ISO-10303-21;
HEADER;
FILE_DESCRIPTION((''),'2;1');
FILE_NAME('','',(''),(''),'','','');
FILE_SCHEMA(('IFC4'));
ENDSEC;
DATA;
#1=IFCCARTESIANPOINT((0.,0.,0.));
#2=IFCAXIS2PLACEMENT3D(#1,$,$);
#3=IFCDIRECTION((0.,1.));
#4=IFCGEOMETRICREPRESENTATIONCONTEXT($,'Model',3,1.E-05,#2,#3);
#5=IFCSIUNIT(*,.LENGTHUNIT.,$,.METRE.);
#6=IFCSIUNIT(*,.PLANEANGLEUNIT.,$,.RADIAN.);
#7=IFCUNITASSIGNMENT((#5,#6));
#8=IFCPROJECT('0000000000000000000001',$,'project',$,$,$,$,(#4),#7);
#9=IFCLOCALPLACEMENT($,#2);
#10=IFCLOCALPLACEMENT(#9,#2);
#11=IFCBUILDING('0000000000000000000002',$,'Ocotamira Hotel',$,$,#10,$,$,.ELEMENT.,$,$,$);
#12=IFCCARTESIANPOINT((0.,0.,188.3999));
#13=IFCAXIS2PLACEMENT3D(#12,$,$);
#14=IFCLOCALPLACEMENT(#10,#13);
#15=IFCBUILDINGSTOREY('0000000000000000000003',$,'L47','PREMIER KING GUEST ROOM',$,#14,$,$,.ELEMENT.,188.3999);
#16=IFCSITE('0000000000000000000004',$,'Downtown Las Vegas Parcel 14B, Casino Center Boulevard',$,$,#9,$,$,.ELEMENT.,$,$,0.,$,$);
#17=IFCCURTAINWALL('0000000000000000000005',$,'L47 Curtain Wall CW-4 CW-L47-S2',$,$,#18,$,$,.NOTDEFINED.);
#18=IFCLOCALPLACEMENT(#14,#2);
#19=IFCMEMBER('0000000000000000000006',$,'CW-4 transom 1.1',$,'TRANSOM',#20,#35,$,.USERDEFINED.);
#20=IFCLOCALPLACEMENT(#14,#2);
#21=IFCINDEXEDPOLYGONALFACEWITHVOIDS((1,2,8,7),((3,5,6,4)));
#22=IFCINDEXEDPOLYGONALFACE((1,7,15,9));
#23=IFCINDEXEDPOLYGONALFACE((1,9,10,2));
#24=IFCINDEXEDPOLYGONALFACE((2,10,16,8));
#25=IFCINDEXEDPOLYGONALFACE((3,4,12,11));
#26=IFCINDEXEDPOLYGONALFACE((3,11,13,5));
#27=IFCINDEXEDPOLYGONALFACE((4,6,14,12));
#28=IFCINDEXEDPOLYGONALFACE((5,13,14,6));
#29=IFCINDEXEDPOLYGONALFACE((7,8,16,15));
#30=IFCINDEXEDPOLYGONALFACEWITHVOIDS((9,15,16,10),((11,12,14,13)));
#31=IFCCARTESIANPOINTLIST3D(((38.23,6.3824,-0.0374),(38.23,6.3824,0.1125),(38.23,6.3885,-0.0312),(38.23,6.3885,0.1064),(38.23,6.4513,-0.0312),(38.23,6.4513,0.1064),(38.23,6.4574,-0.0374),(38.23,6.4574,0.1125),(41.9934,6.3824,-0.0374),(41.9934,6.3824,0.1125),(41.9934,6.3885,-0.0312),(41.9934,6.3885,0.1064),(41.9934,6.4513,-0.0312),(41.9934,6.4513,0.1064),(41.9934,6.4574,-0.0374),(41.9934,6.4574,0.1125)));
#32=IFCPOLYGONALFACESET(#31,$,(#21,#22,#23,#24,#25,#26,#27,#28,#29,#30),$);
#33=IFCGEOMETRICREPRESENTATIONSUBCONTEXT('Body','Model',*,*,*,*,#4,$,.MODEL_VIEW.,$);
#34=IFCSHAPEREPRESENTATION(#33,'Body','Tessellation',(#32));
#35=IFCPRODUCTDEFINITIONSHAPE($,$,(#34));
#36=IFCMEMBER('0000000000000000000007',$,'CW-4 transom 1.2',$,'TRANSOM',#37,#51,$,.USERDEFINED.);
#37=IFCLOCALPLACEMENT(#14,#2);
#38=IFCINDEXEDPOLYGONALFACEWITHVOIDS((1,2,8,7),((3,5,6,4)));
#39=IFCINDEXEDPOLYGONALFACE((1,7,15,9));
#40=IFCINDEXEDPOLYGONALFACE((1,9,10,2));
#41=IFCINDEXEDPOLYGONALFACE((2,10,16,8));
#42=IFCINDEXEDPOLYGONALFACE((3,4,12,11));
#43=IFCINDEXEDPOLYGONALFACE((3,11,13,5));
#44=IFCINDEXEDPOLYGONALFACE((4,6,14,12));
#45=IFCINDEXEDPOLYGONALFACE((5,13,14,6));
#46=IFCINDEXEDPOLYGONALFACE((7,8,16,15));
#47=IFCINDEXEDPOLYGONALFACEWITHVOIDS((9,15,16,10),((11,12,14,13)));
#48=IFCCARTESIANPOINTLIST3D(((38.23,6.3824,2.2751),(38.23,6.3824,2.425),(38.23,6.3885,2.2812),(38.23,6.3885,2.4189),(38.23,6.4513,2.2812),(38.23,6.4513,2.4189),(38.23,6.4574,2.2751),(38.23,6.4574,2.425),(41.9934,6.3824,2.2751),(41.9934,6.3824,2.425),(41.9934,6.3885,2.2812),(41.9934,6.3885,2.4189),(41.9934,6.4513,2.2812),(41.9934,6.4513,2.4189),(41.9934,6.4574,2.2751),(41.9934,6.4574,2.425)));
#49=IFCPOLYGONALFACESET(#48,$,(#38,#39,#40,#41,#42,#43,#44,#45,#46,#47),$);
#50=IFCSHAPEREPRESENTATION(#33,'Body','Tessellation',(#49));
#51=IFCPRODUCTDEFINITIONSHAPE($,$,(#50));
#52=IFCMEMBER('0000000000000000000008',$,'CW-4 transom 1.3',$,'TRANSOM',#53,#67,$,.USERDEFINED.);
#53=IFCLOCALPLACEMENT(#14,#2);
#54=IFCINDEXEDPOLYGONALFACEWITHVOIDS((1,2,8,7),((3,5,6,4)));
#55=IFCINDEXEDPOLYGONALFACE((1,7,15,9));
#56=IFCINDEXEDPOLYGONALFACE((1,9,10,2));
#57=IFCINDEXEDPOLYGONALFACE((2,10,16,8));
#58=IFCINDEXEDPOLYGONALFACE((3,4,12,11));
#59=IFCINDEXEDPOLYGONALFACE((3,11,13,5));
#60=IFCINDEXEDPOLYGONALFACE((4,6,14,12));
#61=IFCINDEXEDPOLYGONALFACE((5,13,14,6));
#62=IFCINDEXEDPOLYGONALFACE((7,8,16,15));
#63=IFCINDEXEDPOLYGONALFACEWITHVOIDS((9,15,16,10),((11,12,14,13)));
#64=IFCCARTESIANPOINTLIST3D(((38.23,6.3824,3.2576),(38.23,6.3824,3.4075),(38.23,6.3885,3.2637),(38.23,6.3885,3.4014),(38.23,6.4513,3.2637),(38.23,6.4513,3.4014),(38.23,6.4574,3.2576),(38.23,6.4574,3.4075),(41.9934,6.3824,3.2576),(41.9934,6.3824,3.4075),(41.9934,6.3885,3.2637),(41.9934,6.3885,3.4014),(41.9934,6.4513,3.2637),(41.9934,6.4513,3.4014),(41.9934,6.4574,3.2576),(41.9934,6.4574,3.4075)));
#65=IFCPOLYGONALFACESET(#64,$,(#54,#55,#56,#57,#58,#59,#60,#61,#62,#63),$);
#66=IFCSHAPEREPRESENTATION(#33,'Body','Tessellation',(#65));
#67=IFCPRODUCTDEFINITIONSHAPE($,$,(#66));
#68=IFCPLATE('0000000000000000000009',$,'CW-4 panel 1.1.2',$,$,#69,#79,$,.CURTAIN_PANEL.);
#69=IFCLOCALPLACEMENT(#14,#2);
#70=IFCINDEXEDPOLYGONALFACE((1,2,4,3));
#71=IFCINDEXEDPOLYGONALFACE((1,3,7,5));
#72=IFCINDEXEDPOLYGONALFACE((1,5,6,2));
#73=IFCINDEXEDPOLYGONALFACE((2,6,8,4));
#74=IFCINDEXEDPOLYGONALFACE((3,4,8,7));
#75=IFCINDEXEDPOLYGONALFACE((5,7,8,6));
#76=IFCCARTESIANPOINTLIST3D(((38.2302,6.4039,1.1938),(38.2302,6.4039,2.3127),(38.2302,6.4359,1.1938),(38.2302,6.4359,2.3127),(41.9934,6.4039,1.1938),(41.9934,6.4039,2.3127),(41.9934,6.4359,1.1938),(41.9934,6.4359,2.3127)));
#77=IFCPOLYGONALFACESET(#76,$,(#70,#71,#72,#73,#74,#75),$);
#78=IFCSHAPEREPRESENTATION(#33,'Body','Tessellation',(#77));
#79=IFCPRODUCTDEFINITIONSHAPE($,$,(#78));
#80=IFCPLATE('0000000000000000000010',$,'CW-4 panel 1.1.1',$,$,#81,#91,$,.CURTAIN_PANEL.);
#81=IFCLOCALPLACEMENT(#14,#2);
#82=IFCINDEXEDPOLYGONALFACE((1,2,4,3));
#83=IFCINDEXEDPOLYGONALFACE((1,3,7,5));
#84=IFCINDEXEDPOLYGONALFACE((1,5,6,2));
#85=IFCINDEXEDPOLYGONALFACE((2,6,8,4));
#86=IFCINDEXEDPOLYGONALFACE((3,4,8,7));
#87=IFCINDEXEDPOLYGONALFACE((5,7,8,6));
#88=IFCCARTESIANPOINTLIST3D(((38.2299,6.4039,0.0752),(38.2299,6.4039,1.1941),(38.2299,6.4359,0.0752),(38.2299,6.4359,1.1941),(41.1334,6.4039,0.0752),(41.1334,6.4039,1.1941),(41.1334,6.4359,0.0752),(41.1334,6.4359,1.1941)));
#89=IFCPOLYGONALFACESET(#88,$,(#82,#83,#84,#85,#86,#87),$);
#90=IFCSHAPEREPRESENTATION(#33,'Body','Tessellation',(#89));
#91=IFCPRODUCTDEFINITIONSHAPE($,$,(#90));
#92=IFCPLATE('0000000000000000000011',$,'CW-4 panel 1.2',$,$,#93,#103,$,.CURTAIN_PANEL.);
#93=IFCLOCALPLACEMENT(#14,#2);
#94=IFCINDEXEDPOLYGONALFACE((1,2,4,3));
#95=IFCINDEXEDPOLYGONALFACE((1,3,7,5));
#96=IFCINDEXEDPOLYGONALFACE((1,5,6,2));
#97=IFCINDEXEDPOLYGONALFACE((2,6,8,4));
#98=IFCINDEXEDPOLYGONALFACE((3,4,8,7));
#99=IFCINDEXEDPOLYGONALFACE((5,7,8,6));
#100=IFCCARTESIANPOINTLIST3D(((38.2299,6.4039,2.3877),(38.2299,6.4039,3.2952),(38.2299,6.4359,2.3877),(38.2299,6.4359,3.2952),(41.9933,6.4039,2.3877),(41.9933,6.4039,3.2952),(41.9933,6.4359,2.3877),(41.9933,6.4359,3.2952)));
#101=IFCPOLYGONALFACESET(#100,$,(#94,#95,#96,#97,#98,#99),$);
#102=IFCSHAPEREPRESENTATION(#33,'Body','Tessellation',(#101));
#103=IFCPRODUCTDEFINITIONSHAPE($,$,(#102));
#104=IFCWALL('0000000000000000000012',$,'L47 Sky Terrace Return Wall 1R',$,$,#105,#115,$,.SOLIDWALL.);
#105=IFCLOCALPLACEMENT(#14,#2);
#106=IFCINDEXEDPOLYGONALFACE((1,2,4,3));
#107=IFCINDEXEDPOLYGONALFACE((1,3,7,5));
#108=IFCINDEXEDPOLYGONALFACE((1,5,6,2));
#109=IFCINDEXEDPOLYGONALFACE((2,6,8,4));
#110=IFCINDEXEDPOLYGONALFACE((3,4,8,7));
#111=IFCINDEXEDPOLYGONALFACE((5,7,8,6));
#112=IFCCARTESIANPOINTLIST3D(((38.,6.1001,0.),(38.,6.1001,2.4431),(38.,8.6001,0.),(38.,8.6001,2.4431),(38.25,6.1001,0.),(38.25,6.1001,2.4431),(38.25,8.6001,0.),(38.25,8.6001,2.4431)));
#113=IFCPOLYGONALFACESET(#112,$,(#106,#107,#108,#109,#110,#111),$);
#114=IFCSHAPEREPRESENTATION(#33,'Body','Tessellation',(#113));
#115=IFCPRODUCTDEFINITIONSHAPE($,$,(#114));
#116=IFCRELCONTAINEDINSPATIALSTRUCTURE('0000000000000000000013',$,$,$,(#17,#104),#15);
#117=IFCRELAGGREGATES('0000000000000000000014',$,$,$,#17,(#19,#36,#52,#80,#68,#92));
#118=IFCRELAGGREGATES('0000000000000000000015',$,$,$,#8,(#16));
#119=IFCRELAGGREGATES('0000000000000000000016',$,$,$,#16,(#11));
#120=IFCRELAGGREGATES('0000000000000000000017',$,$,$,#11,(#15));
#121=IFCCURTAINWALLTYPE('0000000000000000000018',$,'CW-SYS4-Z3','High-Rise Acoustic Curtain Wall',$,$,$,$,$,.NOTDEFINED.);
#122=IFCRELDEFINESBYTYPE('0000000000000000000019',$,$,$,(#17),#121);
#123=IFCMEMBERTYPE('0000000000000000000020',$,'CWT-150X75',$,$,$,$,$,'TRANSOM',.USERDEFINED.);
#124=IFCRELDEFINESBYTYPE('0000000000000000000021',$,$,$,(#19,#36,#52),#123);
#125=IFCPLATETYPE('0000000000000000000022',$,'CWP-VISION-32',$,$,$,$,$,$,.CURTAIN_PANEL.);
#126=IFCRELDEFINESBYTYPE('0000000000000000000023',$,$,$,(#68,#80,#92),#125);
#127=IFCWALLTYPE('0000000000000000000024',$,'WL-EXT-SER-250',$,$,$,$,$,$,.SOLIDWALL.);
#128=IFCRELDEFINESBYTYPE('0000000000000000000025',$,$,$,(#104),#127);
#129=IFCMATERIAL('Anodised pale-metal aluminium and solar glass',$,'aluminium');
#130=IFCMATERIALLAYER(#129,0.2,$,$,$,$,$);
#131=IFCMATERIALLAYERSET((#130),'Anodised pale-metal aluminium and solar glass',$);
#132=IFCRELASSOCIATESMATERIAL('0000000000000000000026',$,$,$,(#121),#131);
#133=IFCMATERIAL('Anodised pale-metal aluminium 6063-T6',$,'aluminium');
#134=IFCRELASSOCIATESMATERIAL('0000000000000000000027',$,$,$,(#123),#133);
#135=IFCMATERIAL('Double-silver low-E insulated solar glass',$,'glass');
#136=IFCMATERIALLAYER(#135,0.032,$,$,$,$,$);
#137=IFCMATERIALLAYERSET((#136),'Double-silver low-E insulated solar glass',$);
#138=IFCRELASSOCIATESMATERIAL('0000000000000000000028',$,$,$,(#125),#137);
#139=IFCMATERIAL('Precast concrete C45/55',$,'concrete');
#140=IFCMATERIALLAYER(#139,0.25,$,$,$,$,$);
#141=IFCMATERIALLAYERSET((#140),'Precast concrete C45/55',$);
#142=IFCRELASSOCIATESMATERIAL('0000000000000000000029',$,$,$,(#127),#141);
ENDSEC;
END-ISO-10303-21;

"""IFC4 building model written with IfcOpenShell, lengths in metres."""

from ifc_helpers import new_model, si_unit, direction, frame, frame_2d, origin, origin_2d, place, context, subcontext, project, spatial, rectangle, hollow_rectangle, extrude, source, transform, mapped, material, layer, layer_set, material_profile, profile_set, type_object, element, aggregate, save


model = new_model("IFC4")

# Units and contexts
model_context = context("Model", 3, precision=1e-05, world=origin(), true_north=direction((0.0, 1.0)))
body_context = subcontext(model_context, "Body", "Model", "MODEL_VIEW")
ifc_project = project(units=[si_unit("LENGTHUNIT", "METRE"), si_unit("PLANEANGLEUNIT", "RADIAN")], contexts=[model_context])

# Site, building, storey
site_placement = place(None, origin())
site = spatial("IfcSite", under=ifc_project, at=site_placement, Name="Downtown Las Vegas Parcel 14B, Casino Center Boulevard", CompositionType="ELEMENT", RefElevation=0.0)
building_placement = place(site_placement, origin())
building = spatial("IfcBuilding", under=site, at=building_placement, Name="Ocotamira Hotel", CompositionType="ELEMENT")
storey_placement = place(building_placement, frame((0.0, 0.0, 188.3999)))
storey = spatial("IfcBuildingStorey", under=building, at=storey_placement, Name="L47", Description="PREMIER KING GUEST ROOM", CompositionType="ELEMENT", Elevation=188.3999)

# Curtain wall, members, plates
ifc_material_1 = material(Name="Anodised pale-metal aluminium and solar glass", Category="aluminium")
ifc_layer_1 = layer(ifc_material_1, 0.2)
ifc_layer_set_1 = layer_set([ifc_layer_1], Name="Anodised pale-metal aluminium and solar glass")
curtain_wall_type = type_object("IfcCurtainWallType", Name="CW-SYS4-Z3", Description="High-Rise Acoustic Curtain Wall", PredefinedType="NOTDEFINED", material=ifc_layer_set_1)
curtain_wall_placement = place(storey_placement, origin())
curtain_wall = element("IfcCurtainWall", 1, at=curtain_wall_placement, inside=storey, type_object=curtain_wall_type, Name="L47 Curtain Wall CW-4 CW-L47-S2", PredefinedType="NOTDEFINED")
ifc_material_2 = material(Name="Anodised pale-metal aluminium 6063-T6", Category="aluminium")
ifc_material_profile_1 = material_profile(ifc_material_2, hollow_rectangle(XDim=0.075, YDim=0.1499, WallThickness=0.0061, at=origin_2d()), Name="HSS150X75X6")
ifc_profile_set_1 = profile_set([ifc_material_profile_1], Name="Anodised pale-metal aluminium 6063-T6")
member_type_1 = type_object("IfcMemberType", Name="CWT-150X75", ElementType="TRANSOM", PredefinedType="USERDEFINED", material=ifc_profile_set_1)
shared_shape_1 = source(origin(), body_context, "Body", "SweptSolid", [
    extrude(hollow_rectangle(XDim=0.075, YDim=0.1499, WallThickness=0.0061, at=origin_2d()), origin(), (0.0, 0.0, 1.0), 3.7634),
])
member_1_placement = place(storey_placement, frame((38.23, 6.4199, 0.0376), z_axis=(1.0, 0.0, 0.0), x_axis=(0.0, 1.0, 0.0)))
member_1 = element("IfcMember", 2, at=member_1_placement, type_object=member_type_1, Name="CW-4 transom 1.1", ObjectType="TRANSOM", PredefinedType="USERDEFINED", context=body_context, shape_type="MappedRepresentation", body=[
    mapped(shared_shape_1, transform((0.0, 0.0, 0.0), scale=1.0)),
])
member_2_placement = place(storey_placement, frame((38.23, 6.4199, 2.3501), z_axis=(1.0, 0.0, 0.0), x_axis=(0.0, 1.0, 0.0)))
member_2 = element("IfcMember", 3, at=member_2_placement, type_object=member_type_1, Name="CW-4 transom 1.2", ObjectType="TRANSOM", PredefinedType="USERDEFINED", context=body_context, shape_type="MappedRepresentation", body=[
    mapped(shared_shape_1, transform((0.0, 0.0, 0.0), scale=1.0)),
])
member_3_placement = place(storey_placement, frame((38.23, 6.4199, 3.3325), z_axis=(1.0, 0.0, 0.0), x_axis=(0.0, 1.0, 0.0)))
member_3 = element("IfcMember", 4, at=member_3_placement, type_object=member_type_1, Name="CW-4 transom 1.3", ObjectType="TRANSOM", PredefinedType="USERDEFINED", context=body_context, shape_type="MappedRepresentation", body=[
    mapped(shared_shape_1, transform((0.0, 0.0, 0.0), scale=1.0)),
])
ifc_material_3 = material(Name="Double-silver low-E insulated solar glass", Category="glass")
ifc_layer_2 = layer(ifc_material_3, 0.032)
ifc_layer_set_2 = layer_set([ifc_layer_2], Name="Double-silver low-E insulated solar glass")
plate_type = type_object("IfcPlateType", Name="CWP-VISION-32", PredefinedType="CURTAIN_PANEL", material=ifc_layer_set_2)
shared_shape_2 = source(origin(), body_context, "Body", "SweptSolid", [
    extrude(rectangle(XDim=3.7632, YDim=0.032, at=origin_2d()), origin(), (0.0, 0.0, 1.0), 1.1189),
])
plate_1_placement = place(storey_placement, frame((40.1118, 6.4199, 1.1938), z_axis=(0.0, 0.0, 1.0), x_axis=(1.0, 0.0, 0.0)))
plate_1 = element("IfcPlate", 5, at=plate_1_placement, type_object=plate_type, Name="CW-4 panel 1.1.2", PredefinedType="CURTAIN_PANEL", context=body_context, shape_type="MappedRepresentation", body=[
    mapped(shared_shape_2, transform((0.0, 0.0, 0.0), scale=1.0)),
])
shared_shape_3 = source(origin(), body_context, "Body", "SweptSolid", [
    extrude(rectangle(XDim=2.9036, YDim=0.032, at=origin_2d()), origin(), (0.0, 0.0, 1.0), 1.1189),
])
plate_2_placement = place(storey_placement, frame((39.6816, 6.4199, 0.0752), z_axis=(0.0, 0.0, 1.0), x_axis=(1.0, 0.0, 0.0)))
plate_2 = element("IfcPlate", 6, at=plate_2_placement, type_object=plate_type, Name="CW-4 panel 1.1.1", PredefinedType="CURTAIN_PANEL", context=body_context, shape_type="MappedRepresentation", body=[
    mapped(shared_shape_3, transform((0.0, 0.0, 0.0), scale=1.0)),
])
shared_shape_4 = source(origin(), body_context, "Body", "SweptSolid", [
    extrude(rectangle(XDim=3.7634, YDim=0.032, at=origin_2d()), origin(), (0.0, 0.0, 1.0), 0.9075),
])
plate_3_placement = place(storey_placement, frame((40.1116, 6.4199, 2.3877), z_axis=(0.0, 0.0, 1.0), x_axis=(1.0, 0.0, 0.0)))
plate_3 = element("IfcPlate", 7, at=plate_3_placement, type_object=plate_type, Name="CW-4 panel 1.2", PredefinedType="CURTAIN_PANEL", context=body_context, shape_type="MappedRepresentation", body=[
    mapped(shared_shape_4, transform((0.0, 0.0, 0.0), scale=1.0)),
])
aggregate(curtain_wall, [member_1, member_2, member_3, plate_2, plate_1, plate_3])

# Wall
ifc_material_4 = material(Name="Precast concrete C45/55", Category="concrete")
ifc_layer_3 = layer(ifc_material_4, 0.25)
ifc_layer_set_3 = layer_set([ifc_layer_3], Name="Precast concrete C45/55")
wall_type = type_object("IfcWallType", Name="WL-EXT-SER-250", PredefinedType="SOLIDWALL", material=ifc_layer_set_3)
wall_placement = place(storey_placement, frame((38.125, 6.1001, 0.0), z_axis=(0.0, 0.0, 1.0), x_axis=(0.0, 1.0, 0.0)))
element("IfcWall", 8, at=wall_placement, inside=storey, type_object=wall_type, Name="L47 Sky Terrace Return Wall 1R", PredefinedType="SOLIDWALL", context=body_context, shape_type="SweptSolid", body=[
    extrude(rectangle(XDim=2.5, YDim=0.25, at=frame_2d((1.25, 0.0))), origin(), (0.0, 0.0, 1.0), 2.4431),
])

save(model, "model.ifc")
